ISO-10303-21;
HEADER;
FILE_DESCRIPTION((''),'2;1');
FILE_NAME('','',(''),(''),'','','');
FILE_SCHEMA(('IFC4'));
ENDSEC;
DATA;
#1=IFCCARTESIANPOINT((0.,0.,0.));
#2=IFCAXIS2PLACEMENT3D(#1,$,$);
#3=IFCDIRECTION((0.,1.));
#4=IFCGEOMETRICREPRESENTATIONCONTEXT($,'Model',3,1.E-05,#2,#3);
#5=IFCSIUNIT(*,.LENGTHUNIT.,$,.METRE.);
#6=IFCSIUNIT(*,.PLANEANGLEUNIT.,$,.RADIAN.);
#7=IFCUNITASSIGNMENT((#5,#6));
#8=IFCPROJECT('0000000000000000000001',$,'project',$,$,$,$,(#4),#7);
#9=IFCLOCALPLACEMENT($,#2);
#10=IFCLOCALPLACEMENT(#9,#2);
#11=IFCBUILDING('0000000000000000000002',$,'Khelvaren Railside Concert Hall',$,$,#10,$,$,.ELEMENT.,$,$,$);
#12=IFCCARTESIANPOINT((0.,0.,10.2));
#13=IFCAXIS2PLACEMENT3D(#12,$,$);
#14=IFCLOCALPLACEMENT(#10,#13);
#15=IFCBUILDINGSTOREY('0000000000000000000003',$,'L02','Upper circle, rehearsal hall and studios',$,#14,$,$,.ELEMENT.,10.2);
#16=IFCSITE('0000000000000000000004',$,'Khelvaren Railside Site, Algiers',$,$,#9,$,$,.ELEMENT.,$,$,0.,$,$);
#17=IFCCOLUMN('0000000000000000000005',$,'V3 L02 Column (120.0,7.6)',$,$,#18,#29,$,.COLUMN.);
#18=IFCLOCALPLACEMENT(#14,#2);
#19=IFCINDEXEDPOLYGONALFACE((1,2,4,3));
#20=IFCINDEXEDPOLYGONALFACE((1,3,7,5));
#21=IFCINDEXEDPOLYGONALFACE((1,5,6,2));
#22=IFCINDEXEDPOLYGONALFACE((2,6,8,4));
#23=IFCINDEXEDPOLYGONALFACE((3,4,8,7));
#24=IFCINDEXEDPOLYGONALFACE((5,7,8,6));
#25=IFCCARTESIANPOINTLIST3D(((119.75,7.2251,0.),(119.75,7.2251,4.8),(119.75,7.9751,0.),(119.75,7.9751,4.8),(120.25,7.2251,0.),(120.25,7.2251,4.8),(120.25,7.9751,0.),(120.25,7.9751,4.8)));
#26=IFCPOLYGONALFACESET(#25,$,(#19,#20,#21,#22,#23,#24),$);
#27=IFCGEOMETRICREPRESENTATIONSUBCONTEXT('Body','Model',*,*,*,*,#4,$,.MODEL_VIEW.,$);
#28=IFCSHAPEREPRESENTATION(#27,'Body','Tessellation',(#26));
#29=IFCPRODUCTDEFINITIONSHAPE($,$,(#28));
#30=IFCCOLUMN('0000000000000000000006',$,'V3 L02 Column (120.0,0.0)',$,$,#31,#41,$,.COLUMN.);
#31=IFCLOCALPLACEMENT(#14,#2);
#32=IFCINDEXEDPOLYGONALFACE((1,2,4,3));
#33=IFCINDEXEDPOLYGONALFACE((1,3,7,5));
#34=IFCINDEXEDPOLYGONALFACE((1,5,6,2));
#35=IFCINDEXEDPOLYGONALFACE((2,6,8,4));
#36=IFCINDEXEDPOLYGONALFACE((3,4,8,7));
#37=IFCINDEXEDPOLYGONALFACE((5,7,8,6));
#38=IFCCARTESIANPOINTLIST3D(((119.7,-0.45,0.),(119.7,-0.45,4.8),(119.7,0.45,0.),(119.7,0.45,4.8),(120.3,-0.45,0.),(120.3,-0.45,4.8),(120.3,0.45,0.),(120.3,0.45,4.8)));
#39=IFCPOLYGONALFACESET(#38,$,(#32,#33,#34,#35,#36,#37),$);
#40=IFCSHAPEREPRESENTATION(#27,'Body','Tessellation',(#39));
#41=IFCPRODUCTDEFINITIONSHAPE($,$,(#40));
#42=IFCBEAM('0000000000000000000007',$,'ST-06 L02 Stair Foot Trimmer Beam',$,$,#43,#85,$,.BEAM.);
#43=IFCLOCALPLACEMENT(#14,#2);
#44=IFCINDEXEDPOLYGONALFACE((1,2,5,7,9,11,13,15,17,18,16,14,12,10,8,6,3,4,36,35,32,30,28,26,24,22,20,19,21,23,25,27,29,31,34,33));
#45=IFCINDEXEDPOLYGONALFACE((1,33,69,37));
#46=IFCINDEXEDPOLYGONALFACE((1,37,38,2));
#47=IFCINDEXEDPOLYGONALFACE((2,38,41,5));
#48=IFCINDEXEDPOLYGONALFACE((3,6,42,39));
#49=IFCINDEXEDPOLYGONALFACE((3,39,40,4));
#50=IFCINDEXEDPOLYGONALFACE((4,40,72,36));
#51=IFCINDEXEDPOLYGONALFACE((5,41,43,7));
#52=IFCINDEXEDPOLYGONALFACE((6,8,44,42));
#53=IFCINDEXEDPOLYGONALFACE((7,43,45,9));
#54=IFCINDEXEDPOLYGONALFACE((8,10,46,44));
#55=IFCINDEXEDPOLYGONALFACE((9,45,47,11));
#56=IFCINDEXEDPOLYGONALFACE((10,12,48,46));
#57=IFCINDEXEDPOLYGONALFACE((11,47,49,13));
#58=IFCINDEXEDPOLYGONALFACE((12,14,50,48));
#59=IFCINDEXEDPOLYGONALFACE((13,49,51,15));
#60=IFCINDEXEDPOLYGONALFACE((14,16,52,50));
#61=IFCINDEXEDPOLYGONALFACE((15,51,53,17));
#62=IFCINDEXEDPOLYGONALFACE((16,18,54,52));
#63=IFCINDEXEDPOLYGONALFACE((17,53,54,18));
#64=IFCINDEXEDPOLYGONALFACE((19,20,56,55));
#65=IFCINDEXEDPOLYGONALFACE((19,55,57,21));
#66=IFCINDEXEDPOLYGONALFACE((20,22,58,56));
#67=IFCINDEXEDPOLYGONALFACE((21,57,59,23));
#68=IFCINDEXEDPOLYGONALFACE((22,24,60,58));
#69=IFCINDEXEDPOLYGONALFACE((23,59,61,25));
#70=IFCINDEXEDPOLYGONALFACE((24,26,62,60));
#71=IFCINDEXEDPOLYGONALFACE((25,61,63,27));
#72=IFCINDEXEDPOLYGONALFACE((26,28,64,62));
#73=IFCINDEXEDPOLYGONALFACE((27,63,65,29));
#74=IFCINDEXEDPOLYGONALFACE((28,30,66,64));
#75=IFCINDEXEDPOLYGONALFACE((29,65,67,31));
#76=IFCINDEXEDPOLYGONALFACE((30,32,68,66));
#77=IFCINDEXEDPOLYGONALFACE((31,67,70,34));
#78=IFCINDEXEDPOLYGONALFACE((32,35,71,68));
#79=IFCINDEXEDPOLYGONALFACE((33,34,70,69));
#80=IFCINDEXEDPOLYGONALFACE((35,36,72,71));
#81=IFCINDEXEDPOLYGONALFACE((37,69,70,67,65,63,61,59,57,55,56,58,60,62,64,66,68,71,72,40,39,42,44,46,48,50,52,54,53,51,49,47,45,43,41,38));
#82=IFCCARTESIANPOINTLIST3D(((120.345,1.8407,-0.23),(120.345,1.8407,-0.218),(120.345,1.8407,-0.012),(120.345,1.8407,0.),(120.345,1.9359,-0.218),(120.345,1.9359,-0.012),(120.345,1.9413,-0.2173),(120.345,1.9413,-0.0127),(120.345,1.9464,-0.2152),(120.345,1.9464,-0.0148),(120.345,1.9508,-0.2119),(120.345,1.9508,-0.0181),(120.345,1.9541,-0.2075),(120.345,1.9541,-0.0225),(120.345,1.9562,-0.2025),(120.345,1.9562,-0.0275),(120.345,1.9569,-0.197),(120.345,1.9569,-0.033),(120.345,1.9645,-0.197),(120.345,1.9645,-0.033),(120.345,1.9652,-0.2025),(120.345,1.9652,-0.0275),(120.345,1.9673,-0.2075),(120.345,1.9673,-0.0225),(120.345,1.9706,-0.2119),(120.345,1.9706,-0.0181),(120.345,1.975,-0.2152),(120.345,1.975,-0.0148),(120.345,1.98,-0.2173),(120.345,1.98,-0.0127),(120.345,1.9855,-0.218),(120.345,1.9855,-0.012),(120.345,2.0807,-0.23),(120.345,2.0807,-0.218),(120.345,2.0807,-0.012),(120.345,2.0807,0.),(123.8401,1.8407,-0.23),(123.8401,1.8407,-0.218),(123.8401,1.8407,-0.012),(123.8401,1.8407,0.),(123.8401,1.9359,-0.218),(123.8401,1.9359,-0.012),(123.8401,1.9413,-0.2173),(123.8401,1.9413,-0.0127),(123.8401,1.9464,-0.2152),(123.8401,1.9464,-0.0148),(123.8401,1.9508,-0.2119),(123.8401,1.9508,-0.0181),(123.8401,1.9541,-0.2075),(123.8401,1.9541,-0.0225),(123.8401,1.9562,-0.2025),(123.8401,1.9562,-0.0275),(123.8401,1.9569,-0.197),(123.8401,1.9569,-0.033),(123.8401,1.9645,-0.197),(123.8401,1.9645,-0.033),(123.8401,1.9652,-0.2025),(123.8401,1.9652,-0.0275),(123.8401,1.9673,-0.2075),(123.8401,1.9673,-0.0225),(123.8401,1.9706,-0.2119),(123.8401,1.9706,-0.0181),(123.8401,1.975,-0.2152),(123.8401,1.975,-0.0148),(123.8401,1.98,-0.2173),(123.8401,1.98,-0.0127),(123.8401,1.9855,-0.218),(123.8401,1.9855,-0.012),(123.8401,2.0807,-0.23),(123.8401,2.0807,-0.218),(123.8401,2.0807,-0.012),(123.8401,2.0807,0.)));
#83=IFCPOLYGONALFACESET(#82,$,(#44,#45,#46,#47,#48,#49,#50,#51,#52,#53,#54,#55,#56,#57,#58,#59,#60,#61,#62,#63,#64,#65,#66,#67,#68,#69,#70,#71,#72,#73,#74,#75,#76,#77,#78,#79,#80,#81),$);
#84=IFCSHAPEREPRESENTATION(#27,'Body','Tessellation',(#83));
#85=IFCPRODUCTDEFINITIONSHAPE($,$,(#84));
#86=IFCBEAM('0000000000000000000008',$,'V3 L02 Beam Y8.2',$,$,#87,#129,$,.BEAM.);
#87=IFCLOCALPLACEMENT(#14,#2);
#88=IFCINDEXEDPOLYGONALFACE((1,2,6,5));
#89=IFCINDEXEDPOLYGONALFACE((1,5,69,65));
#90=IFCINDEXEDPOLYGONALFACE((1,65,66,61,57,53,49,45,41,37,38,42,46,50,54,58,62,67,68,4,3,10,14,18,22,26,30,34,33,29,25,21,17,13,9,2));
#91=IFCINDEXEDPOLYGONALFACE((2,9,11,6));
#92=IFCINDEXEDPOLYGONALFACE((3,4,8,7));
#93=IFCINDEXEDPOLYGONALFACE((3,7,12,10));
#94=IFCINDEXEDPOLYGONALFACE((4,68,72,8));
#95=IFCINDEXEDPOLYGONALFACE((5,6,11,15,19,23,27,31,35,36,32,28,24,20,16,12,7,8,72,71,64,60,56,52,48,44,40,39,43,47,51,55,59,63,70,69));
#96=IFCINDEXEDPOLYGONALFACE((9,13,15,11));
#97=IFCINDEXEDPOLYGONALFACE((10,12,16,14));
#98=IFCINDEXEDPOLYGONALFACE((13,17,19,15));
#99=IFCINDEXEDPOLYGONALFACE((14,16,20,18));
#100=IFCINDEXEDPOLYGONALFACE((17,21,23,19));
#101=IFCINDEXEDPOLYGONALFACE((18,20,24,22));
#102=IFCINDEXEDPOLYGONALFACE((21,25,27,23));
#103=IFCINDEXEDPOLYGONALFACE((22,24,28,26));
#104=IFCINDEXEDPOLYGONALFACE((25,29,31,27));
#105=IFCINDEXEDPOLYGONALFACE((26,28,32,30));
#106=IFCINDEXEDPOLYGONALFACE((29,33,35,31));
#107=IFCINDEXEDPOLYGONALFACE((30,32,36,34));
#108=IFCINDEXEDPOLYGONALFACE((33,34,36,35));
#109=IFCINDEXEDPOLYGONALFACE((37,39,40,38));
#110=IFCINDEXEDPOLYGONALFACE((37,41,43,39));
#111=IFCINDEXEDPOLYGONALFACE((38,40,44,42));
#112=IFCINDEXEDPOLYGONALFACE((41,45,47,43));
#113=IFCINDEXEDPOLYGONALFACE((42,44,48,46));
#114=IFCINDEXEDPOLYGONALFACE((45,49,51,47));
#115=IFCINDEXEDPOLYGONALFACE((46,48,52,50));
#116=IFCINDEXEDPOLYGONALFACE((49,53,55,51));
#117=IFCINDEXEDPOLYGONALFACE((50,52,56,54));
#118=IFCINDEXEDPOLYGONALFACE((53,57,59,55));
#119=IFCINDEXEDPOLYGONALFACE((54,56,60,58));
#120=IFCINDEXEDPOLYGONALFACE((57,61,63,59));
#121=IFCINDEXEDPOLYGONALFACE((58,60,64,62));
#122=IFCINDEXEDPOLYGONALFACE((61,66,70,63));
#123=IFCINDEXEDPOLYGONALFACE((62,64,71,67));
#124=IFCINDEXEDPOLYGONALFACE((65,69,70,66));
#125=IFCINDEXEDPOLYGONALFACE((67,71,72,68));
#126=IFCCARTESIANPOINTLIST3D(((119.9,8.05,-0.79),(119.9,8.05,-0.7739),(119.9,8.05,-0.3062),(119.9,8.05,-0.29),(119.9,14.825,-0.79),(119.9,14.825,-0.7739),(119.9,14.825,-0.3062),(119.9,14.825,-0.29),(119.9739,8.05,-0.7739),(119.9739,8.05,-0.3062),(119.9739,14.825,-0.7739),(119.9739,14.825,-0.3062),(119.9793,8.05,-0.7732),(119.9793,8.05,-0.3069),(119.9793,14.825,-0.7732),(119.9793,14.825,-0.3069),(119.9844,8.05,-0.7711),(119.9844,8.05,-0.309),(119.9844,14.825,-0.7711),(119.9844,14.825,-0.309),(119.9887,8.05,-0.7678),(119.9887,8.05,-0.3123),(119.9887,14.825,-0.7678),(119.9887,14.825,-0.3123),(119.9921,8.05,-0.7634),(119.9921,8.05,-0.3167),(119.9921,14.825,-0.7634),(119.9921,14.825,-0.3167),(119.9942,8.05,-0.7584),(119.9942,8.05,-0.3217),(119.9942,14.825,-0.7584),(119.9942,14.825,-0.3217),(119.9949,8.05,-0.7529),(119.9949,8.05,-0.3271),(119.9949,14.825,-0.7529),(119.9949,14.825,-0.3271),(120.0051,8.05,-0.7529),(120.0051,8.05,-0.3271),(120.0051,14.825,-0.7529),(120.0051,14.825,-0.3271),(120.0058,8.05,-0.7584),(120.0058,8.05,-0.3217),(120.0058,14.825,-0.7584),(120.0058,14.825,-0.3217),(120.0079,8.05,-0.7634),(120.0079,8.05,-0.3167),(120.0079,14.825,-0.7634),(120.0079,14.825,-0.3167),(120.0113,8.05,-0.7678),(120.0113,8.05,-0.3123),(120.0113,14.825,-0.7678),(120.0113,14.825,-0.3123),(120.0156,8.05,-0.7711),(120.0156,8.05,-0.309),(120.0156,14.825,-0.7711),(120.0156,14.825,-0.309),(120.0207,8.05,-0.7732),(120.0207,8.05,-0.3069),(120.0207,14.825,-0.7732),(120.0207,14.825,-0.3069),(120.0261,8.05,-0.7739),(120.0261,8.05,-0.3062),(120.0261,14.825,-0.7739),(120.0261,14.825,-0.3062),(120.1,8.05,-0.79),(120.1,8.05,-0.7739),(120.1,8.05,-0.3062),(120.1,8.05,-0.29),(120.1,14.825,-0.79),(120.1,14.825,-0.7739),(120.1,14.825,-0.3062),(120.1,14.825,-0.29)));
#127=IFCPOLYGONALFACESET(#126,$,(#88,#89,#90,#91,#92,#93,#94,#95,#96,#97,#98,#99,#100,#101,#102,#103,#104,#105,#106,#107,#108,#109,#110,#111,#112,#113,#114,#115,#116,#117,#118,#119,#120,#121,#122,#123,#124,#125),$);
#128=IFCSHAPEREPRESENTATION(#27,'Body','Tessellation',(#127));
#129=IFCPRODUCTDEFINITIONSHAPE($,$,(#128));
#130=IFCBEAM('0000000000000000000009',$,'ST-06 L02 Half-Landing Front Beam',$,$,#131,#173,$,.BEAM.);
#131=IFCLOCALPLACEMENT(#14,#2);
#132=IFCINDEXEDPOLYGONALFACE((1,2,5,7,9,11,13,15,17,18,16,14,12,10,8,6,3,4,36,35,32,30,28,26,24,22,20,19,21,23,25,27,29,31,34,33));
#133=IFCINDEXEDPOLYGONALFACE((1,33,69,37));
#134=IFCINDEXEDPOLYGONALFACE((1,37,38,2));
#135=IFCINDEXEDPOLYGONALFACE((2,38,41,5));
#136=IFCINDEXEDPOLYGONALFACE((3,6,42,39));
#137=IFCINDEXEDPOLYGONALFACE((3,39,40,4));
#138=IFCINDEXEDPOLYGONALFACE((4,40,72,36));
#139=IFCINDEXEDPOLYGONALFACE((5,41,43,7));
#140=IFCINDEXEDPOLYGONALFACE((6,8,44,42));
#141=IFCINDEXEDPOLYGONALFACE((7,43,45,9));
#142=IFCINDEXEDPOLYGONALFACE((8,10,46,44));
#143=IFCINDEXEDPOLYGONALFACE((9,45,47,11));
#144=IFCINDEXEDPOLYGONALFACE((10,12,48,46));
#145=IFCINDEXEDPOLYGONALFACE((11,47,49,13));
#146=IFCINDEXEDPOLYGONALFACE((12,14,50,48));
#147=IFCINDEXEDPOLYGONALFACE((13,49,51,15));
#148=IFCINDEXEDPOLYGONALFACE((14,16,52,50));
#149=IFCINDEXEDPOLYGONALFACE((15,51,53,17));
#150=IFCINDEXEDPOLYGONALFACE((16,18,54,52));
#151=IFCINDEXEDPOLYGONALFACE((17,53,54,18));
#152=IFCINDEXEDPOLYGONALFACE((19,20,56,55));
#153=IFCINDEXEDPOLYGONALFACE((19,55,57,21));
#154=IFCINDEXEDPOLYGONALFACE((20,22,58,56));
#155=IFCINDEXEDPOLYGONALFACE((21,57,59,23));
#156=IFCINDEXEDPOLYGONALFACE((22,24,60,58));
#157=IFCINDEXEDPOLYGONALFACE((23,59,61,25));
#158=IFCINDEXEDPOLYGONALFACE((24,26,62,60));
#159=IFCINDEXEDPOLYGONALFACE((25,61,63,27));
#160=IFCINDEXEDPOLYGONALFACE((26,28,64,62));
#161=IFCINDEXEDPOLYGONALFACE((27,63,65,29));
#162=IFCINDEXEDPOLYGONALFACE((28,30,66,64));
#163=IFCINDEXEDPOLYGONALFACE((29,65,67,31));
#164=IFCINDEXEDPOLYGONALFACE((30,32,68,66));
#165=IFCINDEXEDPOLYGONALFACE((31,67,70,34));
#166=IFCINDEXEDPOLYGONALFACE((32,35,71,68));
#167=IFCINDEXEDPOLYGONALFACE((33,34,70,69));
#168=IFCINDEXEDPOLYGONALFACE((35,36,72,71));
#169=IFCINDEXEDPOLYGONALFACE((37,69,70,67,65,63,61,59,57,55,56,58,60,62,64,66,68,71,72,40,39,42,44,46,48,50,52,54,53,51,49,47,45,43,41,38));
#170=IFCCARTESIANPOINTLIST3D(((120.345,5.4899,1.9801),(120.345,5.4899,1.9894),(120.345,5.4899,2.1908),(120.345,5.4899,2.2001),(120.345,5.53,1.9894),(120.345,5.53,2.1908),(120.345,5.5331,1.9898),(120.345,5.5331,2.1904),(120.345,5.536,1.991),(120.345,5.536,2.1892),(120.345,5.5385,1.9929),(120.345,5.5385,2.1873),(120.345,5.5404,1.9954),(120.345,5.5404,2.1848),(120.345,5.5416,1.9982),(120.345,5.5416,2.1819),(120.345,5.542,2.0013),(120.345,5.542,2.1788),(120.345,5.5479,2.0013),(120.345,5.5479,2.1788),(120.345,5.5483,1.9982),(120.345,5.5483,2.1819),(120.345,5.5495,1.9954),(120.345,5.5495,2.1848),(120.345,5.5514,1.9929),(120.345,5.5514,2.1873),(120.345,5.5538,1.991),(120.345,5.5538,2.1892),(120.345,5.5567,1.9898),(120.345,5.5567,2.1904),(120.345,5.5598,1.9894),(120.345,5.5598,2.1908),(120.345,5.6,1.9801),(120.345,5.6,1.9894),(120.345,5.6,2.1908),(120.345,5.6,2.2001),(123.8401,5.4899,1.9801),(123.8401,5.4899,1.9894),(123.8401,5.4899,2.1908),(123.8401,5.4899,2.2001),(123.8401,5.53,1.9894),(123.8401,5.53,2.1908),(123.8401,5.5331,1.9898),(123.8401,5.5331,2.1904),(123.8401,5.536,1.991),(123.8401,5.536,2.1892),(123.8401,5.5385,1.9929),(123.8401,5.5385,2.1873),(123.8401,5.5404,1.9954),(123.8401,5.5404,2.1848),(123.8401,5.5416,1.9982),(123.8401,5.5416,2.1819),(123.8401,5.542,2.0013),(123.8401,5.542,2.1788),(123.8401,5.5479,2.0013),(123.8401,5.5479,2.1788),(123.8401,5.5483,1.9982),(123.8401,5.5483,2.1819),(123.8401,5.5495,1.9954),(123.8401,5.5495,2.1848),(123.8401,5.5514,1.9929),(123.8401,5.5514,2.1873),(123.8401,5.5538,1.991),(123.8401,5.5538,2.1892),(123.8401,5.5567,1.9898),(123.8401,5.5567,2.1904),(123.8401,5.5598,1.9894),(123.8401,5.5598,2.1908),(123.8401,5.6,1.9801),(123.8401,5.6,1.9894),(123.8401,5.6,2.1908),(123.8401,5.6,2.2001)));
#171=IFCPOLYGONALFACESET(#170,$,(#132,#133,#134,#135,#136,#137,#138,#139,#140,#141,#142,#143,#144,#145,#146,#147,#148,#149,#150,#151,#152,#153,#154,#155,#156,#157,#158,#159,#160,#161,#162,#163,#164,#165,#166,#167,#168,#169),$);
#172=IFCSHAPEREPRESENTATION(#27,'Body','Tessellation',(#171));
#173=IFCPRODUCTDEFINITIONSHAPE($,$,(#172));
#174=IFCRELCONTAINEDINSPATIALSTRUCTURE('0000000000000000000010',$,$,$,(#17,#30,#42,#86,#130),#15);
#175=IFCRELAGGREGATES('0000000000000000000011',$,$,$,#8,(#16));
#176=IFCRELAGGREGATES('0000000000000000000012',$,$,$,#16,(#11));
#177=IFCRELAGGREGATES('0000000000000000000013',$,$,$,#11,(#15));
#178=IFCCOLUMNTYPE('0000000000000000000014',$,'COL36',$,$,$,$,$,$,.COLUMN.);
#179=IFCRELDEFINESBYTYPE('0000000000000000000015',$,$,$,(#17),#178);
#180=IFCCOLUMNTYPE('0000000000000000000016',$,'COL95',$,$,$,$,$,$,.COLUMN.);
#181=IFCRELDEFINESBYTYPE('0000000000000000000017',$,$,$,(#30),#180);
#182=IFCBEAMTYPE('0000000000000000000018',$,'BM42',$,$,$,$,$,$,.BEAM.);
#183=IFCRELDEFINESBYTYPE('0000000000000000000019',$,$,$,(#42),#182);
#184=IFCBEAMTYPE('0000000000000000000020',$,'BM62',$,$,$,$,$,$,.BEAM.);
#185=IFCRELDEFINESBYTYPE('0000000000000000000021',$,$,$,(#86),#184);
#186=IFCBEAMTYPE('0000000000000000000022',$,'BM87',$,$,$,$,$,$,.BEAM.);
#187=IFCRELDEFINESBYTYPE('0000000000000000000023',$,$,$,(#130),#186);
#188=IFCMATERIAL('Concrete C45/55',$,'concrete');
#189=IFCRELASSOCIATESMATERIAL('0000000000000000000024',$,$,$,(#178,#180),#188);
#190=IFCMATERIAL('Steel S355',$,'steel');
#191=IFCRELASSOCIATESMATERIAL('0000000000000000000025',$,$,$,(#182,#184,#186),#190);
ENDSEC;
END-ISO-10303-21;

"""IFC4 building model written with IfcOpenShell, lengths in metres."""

from ifc_helpers import new_model, si_unit, direction, frame, origin, origin_2d, place, context, subcontext, project, spatial, rectangle, i_section, extrude, material, material_profile, profile_set, type_object, element, save


model = new_model("IFC4")

# Units and contexts
model_context = context("Model", 3, precision=1e-05, world=origin(), true_north=direction((0.0, 1.0)))
body_context = subcontext(model_context, "Body", "Model", "MODEL_VIEW")
ifc_project = project(units=[si_unit("LENGTHUNIT", "METRE"), si_unit("PLANEANGLEUNIT", "RADIAN")], contexts=[model_context])

# Site, building, storey
site_placement = place(None, origin())
site = spatial("IfcSite", under=ifc_project, at=site_placement, Name="Khelvaren Railside Site, Algiers", CompositionType="ELEMENT", RefElevation=0.0)
building_placement = place(site_placement, origin())
building = spatial("IfcBuilding", under=site, at=building_placement, Name="Khelvaren Railside Concert Hall", CompositionType="ELEMENT")
storey_placement = place(building_placement, frame((0.0, 0.0, 10.2)))
storey = spatial("IfcBuildingStorey", under=building, at=storey_placement, Name="L02", Description="Upper circle, rehearsal hall and studios", CompositionType="ELEMENT", Elevation=10.2)

# Columns
ifc_material_1 = material(Name="Concrete C45/55", Category="concrete")
ifc_material_profile_1 = material_profile(ifc_material_1, rectangle(XDim=0.5, YDim=0.75, at=origin_2d()), Name="RC 500x750")
ifc_profile_set_1 = profile_set([ifc_material_profile_1], Name="Concrete C45/55")
column_type_1 = type_object("IfcColumnType", Name="COL36", PredefinedType="COLUMN", material=ifc_profile_set_1)
column_1_placement = place(storey_placement, frame((120.0, 7.6001, 0.0), z_axis=(0.0, 0.0, 1.0), x_axis=(1.0, 0.0, 0.0)))
element("IfcColumn", 1, at=column_1_placement, inside=storey, type_object=column_type_1, Name="V3 L02 Column (120.0,7.6)", PredefinedType="COLUMN", context=body_context, shape_type="SweptSolid", body=[
    extrude(rectangle(XDim=0.5, YDim=0.75, at=origin_2d()), origin(), (0.0, 0.0, 1.0), 4.8),
])
ifc_material_profile_2 = material_profile(ifc_material_1, rectangle(XDim=0.6001, YDim=0.8999, at=origin_2d()), Name="RC 600x900")
ifc_profile_set_2 = profile_set([ifc_material_profile_2], Name="Concrete C45/55")
column_type_2 = type_object("IfcColumnType", Name="COL95", PredefinedType="COLUMN", material=ifc_profile_set_2)
column_2_placement = place(storey_placement, frame((120.0, 0.0, 0.0), z_axis=(0.0, 0.0, 1.0), x_axis=(1.0, 0.0, 0.0)))
element("IfcColumn", 2, at=column_2_placement, inside=storey, type_object=column_type_2, Name="V3 L02 Column (120.0,0.0)", PredefinedType="COLUMN", context=body_context, shape_type="SweptSolid", body=[
    extrude(rectangle(XDim=0.6001, YDim=0.8999, at=origin_2d()), origin(), (0.0, 0.0, 1.0), 4.8),
])

# Beams
ifc_material_2 = material(Name="Steel S355", Category="steel")
ifc_material_profile_3 = material_profile(ifc_material_2, i_section(OverallWidth=0.24, OverallDepth=0.23, WebThickness=0.0076, FlangeThickness=0.012, FilletRadius=0.021, at=origin_2d()), Name="HEA 240")
ifc_profile_set_3 = profile_set([ifc_material_profile_3], Name="Steel S355")
beam_type_1 = type_object("IfcBeamType", Name="BM42", PredefinedType="BEAM", material=ifc_profile_set_3)
beam_1_placement = place(storey_placement, frame((120.345, 1.9607, -0.115), z_axis=(1.0, 0.0, 0.0), x_axis=(0.0, 1.0, 0.0)))
element("IfcBeam", 3, at=beam_1_placement, inside=storey, type_object=beam_type_1, Name="ST-06 L02 Stair Foot Trimmer Beam", PredefinedType="BEAM", context=body_context, shape_type="SweptSolid", body=[
    extrude(i_section(OverallWidth=0.24, OverallDepth=0.23, WebThickness=0.0076, FlangeThickness=0.012, FilletRadius=0.021, at=origin_2d()), origin(), (0.0, 0.0, 1.0), 3.4951),
])
ifc_material_profile_4 = material_profile(ifc_material_2, i_section(OverallWidth=0.2, OverallDepth=0.5, WebThickness=0.0103, FlangeThickness=0.0161, FilletRadius=0.021, at=origin_2d()), Name="IPE 500")
ifc_profile_set_4 = profile_set([ifc_material_profile_4], Name="Steel S355")
beam_type_2 = type_object("IfcBeamType", Name="BM62", PredefinedType="BEAM", material=ifc_profile_set_4)
beam_2_placement = place(storey_placement, frame((120.0, 8.05, -0.54), z_axis=(0.0, 1.0, 0.0), x_axis=(-1.0, 0.0, 0.0)))
element("IfcBeam", 4, at=beam_2_placement, inside=storey, type_object=beam_type_2, Name="V3 L02 Beam Y8.2", PredefinedType="BEAM", context=body_context, shape_type="SweptSolid", body=[
    extrude(i_section(OverallWidth=0.2, OverallDepth=0.5, WebThickness=0.0103, FlangeThickness=0.0161, FilletRadius=0.021, at=origin_2d()), origin(), (0.0, 0.0, 1.0), 6.7749),
])
ifc_material_profile_5 = material_profile(ifc_material_2, i_section(OverallWidth=0.1101, OverallDepth=0.22, WebThickness=0.0059, FlangeThickness=0.0093, FilletRadius=0.012, at=origin_2d()), Name="IPE 220")
ifc_profile_set_5 = profile_set([ifc_material_profile_5], Name="Steel S355")
beam_type_3 = type_object("IfcBeamType", Name="BM87", PredefinedType="BEAM", material=ifc_profile_set_5)
for number, where, z_axis, x_axis, name in (
    (5, (120.345, 5.5449, 2.0901), (1.0, 0.0, 0.0), (0.0, 1.0, 0.0), "ST-06 L02 Half-Landing Front Beam"),
):
    element("IfcBeam", number, at=place(storey_placement, frame(where, z_axis=z_axis, x_axis=x_axis)), inside=storey, type_object=beam_type_3, Name=name, PredefinedType="BEAM", context=body_context, shape_type="SweptSolid", body=[
        extrude(i_section(OverallWidth=0.1101, OverallDepth=0.22, WebThickness=0.0059, FlangeThickness=0.0093, FilletRadius=0.012, at=origin_2d()), origin(), (0.0, 0.0, 1.0), 3.4951),
    ])

save(model, "model.ifc")
